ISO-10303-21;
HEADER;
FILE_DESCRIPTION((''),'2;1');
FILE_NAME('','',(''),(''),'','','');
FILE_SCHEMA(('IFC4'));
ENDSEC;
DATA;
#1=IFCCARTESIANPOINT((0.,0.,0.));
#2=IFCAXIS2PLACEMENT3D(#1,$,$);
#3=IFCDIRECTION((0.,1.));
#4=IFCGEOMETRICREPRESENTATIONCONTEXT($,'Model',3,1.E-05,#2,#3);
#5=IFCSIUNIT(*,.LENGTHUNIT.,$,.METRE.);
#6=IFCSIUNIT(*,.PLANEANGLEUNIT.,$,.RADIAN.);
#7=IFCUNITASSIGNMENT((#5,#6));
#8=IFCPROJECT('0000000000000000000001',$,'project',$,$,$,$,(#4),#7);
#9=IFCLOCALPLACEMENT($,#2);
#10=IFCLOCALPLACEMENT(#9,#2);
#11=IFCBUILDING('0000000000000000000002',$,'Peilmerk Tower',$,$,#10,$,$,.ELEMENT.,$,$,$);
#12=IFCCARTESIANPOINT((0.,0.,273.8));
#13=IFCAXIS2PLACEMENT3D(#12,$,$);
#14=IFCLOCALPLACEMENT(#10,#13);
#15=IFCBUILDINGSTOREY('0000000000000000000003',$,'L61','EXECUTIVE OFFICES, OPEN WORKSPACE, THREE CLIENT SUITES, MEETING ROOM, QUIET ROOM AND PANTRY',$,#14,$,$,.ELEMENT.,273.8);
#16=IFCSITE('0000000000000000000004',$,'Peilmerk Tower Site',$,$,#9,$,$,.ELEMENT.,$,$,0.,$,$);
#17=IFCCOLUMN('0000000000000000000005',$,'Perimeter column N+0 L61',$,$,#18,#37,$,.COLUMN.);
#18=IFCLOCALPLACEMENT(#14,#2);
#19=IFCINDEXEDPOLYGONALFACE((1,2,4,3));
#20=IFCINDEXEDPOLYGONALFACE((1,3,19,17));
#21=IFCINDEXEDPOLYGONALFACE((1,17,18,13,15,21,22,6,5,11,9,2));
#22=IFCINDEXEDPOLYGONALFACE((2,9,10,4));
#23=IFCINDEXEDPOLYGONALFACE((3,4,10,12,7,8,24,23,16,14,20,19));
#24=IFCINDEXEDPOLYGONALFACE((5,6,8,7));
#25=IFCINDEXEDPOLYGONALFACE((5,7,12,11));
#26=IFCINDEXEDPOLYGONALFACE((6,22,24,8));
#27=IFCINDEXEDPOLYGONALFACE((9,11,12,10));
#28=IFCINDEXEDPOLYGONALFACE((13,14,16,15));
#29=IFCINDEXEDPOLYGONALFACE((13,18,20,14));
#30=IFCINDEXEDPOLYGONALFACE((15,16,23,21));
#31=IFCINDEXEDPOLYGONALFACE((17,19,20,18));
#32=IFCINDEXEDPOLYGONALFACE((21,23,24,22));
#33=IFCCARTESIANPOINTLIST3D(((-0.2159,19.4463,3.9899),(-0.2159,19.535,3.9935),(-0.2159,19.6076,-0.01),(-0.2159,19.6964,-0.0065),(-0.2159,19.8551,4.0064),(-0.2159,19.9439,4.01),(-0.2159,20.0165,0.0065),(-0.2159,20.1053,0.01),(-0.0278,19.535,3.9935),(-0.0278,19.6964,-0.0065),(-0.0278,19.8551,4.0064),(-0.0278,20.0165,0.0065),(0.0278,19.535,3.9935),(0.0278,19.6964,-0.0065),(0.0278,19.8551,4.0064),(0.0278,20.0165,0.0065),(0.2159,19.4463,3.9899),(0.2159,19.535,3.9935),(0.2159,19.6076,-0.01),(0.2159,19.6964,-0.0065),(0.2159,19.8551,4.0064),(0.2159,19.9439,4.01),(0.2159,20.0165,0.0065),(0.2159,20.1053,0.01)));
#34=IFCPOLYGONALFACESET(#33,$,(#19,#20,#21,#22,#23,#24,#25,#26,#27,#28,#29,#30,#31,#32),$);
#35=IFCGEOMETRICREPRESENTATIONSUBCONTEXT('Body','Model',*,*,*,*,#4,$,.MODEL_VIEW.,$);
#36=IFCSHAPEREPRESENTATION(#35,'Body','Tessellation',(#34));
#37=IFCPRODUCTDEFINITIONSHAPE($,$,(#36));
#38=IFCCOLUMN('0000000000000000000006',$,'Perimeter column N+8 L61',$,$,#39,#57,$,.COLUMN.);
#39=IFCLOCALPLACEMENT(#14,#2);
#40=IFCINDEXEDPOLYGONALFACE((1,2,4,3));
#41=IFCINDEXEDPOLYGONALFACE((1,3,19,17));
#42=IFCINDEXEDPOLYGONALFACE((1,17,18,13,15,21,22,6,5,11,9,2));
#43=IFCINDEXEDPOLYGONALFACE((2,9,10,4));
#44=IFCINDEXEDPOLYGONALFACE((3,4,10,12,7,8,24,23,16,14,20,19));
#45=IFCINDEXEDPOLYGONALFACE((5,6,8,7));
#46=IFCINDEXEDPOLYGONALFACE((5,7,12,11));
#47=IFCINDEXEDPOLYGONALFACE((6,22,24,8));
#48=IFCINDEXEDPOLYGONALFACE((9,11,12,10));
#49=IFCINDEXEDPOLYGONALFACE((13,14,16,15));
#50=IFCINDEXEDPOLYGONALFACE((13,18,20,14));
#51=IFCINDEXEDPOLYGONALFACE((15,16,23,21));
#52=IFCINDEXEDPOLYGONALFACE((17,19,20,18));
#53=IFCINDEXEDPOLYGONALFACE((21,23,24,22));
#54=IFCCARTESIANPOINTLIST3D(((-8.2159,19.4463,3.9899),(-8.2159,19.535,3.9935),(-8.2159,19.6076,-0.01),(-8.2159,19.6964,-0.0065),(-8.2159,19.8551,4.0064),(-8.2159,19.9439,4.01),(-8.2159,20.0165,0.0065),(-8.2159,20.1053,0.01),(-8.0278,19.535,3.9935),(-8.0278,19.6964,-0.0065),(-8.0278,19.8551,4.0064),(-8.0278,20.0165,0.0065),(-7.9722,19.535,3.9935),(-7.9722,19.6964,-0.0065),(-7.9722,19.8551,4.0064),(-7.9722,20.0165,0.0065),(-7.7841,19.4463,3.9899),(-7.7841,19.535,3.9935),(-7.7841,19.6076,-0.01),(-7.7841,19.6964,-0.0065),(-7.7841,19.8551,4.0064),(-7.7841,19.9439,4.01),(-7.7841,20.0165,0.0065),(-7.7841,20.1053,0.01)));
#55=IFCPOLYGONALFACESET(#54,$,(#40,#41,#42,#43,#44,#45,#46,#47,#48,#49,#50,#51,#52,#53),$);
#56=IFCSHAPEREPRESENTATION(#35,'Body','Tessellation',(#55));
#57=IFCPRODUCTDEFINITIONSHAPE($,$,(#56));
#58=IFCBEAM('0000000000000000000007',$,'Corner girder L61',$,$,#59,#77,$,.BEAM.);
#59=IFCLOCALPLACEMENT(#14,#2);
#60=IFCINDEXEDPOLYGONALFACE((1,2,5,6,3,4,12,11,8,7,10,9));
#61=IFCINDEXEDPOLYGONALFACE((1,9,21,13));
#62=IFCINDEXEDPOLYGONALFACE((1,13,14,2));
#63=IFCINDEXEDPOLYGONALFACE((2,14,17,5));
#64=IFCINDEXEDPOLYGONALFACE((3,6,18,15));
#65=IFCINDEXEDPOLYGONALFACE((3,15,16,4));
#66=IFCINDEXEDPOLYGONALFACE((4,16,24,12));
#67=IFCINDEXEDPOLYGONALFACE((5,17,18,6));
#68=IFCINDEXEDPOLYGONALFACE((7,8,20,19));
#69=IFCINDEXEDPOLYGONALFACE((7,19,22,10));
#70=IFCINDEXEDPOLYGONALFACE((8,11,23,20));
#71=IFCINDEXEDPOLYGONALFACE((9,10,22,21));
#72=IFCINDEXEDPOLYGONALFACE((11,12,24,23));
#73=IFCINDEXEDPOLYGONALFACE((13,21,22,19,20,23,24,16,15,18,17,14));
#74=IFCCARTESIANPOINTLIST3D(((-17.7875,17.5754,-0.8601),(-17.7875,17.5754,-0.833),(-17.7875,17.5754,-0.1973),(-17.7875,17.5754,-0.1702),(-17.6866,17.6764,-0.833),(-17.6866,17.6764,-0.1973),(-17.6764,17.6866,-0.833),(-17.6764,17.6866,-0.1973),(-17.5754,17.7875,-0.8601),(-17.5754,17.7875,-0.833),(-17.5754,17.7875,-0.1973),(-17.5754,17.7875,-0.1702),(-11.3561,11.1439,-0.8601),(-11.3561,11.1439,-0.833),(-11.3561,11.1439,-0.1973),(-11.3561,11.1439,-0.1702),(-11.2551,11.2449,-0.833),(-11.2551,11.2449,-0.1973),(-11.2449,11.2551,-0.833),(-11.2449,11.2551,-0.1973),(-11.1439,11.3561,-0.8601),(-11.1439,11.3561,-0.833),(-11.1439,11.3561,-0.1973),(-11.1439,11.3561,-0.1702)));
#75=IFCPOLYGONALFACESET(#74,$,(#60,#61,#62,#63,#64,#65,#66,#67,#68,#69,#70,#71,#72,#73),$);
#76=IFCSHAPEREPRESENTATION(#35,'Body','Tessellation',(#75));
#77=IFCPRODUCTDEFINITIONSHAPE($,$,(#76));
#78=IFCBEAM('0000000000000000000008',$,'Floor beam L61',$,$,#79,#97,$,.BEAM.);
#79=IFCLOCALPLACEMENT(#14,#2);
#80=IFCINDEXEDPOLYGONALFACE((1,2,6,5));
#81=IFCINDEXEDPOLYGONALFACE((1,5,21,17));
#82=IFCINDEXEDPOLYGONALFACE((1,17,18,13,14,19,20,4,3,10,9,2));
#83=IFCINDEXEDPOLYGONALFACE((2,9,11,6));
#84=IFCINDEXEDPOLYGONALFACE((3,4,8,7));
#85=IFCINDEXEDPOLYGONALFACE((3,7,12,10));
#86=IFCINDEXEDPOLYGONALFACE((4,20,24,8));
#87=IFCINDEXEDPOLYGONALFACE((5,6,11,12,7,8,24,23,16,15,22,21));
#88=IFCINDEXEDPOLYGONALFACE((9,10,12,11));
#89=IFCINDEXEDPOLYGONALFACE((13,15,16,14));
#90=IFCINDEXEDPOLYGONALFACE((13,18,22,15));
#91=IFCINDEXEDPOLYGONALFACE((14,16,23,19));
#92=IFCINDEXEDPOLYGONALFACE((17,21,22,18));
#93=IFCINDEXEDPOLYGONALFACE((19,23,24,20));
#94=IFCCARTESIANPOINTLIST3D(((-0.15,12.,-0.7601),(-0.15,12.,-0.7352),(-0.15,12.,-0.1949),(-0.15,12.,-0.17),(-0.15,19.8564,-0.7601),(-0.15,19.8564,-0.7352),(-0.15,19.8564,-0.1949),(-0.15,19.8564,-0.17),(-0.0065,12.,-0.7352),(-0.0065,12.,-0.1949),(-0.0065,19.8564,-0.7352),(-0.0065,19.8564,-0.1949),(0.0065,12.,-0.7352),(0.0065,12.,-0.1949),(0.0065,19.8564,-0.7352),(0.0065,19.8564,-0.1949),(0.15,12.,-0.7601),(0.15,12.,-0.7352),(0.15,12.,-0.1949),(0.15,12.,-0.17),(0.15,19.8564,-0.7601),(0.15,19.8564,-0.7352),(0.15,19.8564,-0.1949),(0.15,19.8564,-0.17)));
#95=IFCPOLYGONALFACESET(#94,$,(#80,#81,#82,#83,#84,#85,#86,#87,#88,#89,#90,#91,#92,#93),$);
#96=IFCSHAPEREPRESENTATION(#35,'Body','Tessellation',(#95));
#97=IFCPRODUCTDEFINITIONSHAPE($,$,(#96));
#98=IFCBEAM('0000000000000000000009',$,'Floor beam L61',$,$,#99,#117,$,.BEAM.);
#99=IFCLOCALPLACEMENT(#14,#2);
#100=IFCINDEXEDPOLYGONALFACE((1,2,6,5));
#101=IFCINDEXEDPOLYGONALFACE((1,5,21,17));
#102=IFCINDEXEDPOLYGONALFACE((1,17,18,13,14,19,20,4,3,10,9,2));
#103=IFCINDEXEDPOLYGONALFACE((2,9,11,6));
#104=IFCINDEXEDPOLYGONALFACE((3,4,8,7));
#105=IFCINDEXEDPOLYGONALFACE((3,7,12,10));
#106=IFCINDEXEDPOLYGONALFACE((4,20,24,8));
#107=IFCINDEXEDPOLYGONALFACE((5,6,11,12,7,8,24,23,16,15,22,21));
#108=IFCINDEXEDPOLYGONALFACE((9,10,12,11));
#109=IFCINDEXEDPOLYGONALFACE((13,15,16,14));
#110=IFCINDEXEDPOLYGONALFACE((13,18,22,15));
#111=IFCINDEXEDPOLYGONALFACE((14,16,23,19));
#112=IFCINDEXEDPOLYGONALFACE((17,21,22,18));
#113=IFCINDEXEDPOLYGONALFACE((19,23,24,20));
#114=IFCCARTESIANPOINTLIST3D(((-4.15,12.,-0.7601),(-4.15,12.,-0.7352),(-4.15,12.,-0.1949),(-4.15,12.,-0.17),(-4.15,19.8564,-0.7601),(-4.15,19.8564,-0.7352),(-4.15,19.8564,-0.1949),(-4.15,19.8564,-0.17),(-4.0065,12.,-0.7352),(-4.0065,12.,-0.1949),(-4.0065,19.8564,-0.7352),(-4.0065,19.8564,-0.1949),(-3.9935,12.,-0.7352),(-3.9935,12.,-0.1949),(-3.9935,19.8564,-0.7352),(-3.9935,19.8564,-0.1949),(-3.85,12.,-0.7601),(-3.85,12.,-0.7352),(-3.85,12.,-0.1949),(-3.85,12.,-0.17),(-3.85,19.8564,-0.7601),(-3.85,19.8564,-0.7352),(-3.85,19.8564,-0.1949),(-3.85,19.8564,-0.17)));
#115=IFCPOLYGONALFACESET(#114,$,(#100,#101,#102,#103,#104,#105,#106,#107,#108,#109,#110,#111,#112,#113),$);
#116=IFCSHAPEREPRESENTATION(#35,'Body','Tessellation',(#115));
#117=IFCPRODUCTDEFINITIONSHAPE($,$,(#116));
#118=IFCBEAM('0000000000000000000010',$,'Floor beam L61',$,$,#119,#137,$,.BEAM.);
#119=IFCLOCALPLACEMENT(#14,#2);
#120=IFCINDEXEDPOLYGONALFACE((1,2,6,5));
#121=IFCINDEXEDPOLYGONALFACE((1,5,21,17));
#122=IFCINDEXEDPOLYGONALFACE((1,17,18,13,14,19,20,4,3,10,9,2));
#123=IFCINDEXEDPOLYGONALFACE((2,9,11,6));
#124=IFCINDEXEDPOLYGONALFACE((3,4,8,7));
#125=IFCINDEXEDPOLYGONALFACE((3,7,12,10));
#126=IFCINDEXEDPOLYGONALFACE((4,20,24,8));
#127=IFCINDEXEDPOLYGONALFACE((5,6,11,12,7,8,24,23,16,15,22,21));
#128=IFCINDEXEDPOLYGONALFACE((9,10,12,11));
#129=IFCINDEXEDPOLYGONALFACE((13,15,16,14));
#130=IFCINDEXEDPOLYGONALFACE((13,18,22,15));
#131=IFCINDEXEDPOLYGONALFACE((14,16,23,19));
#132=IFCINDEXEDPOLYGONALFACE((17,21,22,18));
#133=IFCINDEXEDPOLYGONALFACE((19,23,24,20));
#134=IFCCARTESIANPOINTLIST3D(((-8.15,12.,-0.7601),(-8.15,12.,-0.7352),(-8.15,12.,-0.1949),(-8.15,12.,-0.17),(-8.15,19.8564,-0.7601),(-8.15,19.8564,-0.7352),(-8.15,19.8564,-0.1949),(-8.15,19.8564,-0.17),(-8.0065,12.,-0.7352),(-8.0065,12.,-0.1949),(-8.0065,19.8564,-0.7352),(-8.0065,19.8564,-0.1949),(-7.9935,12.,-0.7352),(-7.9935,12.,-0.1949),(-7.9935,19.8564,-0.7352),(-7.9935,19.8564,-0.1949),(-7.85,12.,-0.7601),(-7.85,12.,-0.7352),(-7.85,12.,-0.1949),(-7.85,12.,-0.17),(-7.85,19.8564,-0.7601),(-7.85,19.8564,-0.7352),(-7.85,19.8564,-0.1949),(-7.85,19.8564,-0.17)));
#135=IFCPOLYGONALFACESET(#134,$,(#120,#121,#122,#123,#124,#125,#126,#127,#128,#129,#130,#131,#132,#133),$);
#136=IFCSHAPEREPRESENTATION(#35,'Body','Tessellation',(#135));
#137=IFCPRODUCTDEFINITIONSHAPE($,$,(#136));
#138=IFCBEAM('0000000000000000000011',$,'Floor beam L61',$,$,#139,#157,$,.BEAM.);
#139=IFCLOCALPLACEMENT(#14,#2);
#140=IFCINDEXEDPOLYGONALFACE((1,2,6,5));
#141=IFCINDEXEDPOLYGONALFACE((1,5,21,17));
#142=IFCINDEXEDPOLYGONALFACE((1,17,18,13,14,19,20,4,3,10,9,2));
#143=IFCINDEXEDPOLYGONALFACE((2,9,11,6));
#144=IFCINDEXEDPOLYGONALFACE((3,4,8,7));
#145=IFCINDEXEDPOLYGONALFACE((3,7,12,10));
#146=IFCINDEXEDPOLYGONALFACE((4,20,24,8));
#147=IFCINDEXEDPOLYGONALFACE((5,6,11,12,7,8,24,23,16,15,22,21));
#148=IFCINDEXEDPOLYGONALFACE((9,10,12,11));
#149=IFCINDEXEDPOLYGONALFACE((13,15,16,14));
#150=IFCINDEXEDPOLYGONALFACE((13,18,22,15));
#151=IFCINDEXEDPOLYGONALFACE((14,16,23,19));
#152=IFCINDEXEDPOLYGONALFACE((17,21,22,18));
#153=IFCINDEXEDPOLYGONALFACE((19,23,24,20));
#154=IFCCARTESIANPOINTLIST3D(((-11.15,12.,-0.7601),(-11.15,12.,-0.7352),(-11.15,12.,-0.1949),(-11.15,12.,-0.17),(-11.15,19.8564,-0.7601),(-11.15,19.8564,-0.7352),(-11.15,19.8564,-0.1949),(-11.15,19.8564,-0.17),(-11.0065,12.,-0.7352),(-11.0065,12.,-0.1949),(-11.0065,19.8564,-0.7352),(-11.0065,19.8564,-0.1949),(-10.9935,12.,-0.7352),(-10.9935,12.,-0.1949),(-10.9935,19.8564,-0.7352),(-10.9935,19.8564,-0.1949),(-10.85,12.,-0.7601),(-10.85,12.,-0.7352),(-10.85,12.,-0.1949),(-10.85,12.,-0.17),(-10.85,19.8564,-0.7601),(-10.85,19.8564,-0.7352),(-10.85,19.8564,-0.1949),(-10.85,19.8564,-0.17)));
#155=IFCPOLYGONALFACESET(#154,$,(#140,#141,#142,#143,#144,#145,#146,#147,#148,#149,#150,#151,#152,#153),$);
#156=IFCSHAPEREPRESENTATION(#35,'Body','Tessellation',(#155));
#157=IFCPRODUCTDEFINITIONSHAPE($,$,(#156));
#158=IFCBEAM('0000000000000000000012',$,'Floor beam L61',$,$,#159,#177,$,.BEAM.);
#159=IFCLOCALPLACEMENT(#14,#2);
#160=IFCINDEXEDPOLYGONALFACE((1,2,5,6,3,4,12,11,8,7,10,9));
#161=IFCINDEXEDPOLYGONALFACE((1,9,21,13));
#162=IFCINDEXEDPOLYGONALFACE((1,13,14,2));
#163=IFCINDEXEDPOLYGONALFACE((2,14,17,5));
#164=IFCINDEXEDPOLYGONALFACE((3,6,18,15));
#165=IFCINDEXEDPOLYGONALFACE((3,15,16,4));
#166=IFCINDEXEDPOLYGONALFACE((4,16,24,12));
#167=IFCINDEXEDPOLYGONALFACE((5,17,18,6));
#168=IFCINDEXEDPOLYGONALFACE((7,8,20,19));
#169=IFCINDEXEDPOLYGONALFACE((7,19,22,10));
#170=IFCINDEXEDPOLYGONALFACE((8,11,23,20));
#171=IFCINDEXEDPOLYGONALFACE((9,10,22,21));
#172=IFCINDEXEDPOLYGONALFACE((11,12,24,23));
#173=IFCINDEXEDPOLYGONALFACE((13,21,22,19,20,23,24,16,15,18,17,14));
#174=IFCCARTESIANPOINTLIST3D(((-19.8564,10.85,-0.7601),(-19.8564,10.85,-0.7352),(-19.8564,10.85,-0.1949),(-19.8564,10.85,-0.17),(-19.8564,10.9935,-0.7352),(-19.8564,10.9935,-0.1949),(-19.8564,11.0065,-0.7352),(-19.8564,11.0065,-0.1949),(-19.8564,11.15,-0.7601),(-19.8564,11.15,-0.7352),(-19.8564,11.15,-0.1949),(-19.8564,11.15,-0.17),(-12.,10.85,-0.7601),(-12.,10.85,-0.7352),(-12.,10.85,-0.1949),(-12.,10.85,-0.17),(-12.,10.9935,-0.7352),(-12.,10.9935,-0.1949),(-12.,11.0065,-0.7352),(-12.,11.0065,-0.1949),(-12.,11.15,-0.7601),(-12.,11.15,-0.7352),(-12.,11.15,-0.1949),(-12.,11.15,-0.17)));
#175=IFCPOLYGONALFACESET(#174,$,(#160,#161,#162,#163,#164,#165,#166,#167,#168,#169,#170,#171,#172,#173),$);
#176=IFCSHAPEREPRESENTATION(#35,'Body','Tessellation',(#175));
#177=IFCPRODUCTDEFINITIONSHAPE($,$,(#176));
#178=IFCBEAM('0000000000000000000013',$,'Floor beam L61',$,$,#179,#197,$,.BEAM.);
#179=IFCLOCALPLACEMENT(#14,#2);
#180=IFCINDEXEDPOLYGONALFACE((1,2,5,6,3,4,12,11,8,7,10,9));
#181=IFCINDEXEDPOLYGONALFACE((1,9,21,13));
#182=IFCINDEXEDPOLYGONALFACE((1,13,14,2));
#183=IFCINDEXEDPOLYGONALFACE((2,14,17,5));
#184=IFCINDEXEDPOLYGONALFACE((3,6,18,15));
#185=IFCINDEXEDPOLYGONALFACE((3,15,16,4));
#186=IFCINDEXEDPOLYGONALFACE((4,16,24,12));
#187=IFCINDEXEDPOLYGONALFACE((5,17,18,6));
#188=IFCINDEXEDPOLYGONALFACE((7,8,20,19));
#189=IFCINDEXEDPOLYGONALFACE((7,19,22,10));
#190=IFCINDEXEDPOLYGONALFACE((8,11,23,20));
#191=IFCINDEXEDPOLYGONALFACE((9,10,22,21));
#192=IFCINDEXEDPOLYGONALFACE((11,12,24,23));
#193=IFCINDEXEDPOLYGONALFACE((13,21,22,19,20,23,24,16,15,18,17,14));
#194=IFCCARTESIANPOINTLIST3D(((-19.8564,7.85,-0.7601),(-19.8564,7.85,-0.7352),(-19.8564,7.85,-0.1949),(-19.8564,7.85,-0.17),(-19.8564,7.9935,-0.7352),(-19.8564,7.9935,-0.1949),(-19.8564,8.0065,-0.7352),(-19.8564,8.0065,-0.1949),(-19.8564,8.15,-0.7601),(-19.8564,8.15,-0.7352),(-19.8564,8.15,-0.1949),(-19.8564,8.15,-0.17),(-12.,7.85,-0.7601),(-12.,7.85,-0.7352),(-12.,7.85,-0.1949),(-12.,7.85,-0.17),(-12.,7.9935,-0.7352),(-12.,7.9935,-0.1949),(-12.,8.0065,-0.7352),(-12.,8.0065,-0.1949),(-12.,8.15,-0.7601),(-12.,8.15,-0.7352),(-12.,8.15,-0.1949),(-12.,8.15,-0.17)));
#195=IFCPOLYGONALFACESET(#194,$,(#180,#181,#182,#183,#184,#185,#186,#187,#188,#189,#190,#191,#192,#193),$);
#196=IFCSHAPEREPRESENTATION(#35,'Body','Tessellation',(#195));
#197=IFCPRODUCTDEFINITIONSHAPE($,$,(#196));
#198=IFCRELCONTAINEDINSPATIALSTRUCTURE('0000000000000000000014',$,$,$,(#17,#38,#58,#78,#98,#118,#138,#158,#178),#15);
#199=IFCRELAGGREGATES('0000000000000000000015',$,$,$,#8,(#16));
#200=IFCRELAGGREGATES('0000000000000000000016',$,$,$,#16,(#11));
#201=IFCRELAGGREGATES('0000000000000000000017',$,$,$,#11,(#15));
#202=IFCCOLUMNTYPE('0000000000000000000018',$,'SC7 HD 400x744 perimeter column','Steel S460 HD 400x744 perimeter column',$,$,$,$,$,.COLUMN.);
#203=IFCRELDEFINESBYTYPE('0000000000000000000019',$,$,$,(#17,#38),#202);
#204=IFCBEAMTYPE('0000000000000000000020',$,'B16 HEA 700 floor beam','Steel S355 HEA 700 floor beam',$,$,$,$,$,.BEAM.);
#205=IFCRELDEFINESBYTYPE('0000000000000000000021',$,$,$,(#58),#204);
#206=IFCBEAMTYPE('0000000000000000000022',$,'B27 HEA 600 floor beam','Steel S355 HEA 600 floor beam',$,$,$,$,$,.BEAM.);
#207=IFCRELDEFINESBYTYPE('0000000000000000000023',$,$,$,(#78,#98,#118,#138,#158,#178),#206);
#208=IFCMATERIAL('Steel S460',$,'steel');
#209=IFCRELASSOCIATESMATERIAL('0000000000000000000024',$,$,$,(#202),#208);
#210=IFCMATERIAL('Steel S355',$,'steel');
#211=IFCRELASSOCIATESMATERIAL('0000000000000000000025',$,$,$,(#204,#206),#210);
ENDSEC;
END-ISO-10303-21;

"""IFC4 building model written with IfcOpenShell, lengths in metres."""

from ifc_helpers import new_model, si_unit, direction, frame, origin, origin_2d, place, context, subcontext, project, spatial, i_section, extrude, material, material_profile, profile_set, type_object, element, save


model = new_model("IFC4")

# Units and contexts
model_context = context("Model", 3, precision=1e-05, world=origin(), true_north=direction((0.0, 1.0)))
body_context = subcontext(model_context, "Body", "Model", "MODEL_VIEW")
ifc_project = project(units=[si_unit("LENGTHUNIT", "METRE"), si_unit("PLANEANGLEUNIT", "RADIAN")], contexts=[model_context])

# Site, building, storey
site_placement = place(None, origin())
site = spatial("IfcSite", under=ifc_project, at=site_placement, Name="Peilmerk Tower Site", CompositionType="ELEMENT", RefElevation=0.0)
building_placement = place(site_placement, origin())
building = spatial("IfcBuilding", under=site, at=building_placement, Name="Peilmerk Tower", CompositionType="ELEMENT")
storey_placement = place(building_placement, frame((0.0, 0.0, 273.8)))
storey = spatial("IfcBuildingStorey", under=building, at=storey_placement, Name="L61", Description="EXECUTIVE OFFICES, OPEN WORKSPACE, THREE CLIENT SUITES, MEETING ROOM, QUIET ROOM AND PANTRY", CompositionType="ELEMENT", Elevation=273.8)

# Columns
ifc_material_1 = material(Name="Steel S460", Category="steel")
ifc_material_profile_1 = material_profile(ifc_material_1, i_section(OverallWidth=0.4319, OverallDepth=0.498, WebThickness=0.0557, FlangeThickness=0.0889, at=origin_2d()), Name="HD 400x744")
ifc_profile_set_1 = profile_set([ifc_material_profile_1], Name="Steel S460")
column_type = type_object("IfcColumnType", Name="SC7 HD 400x744 perimeter column", Description="Steel S460 HD 400x744 perimeter column", PredefinedType="COLUMN", material=ifc_profile_set_1)
for number, where, z_axis, x_axis, name in (
    (1, (0.0, 19.8564, 0.0), (0.0, -0.040311, 0.999187), (1.0, 0.0, 0.0), "Perimeter column N+0 L61"),
    (2, (-8.0, 19.8564, 0.0), (0.0, -0.040311, 0.999187), (1.0, 0.0, 0.0), "Perimeter column N+8 L61"),
):
    element("IfcColumn", number, at=place(storey_placement, frame(where, z_axis=z_axis, x_axis=x_axis)), inside=storey, type_object=column_type, Name=name, PredefinedType="COLUMN", context=body_context, shape_type="SweptSolid", body=[
        extrude(i_section(OverallWidth=0.4319, OverallDepth=0.498, WebThickness=0.0557, FlangeThickness=0.0889, at=origin_2d()), origin(), (0.0, 0.0, 1.0), 4.0032),
    ])

# Beams
ifc_material_2 = material(Name="Steel S355", Category="steel")
ifc_material_profile_2 = material_profile(ifc_material_2, i_section(OverallWidth=0.3, OverallDepth=0.6899, WebThickness=0.0144, FlangeThickness=0.0271, at=origin_2d()), Name="HEA 700")
ifc_profile_set_2 = profile_set([ifc_material_profile_2], Name="Steel S355")
beam_type_1 = type_object("IfcBeamType", Name="B16 HEA 700 floor beam", Description="Steel S355 HEA 700 floor beam", PredefinedType="BEAM", material=ifc_profile_set_2)
beam_1_placement = place(storey_placement, frame((-11.25, 11.25, -0.5151), z_axis=(-0.707107, 0.707107, 0.0), x_axis=(-0.707107, -0.707107, 0.0)))
element("IfcBeam", 3, at=beam_1_placement, inside=storey, type_object=beam_type_1, Name="Corner girder L61", PredefinedType="BEAM", context=body_context, shape_type="SweptSolid", body=[
    extrude(i_section(OverallWidth=0.3, OverallDepth=0.6899, WebThickness=0.0144, FlangeThickness=0.0271, at=origin_2d()), origin(), (0.0, 0.0, 1.0), 9.0955),
])
ifc_material_profile_3 = material_profile(ifc_material_2, i_section(OverallWidth=0.3, OverallDepth=0.5901, WebThickness=0.0129, FlangeThickness=0.0249, at=origin_2d()), Name="HEA 600")
ifc_profile_set_3 = profile_set([ifc_material_profile_3], Name="Steel S355")
beam_type_2 = type_object("IfcBeamType", Name="B27 HEA 600 floor beam", Description="Steel S355 HEA 600 floor beam", PredefinedType="BEAM", material=ifc_profile_set_3)
for number, where, z_axis, x_axis, name in (
    (4, (0.0, 12.0, -0.4651), (0.0, 1.0, 0.0), (-1.0, 0.0, 0.0), "Floor beam L61"),
    (5, (-4.0, 12.0, -0.4651), (0.0, 1.0, 0.0), (-1.0, 0.0, 0.0), "Floor beam L61"),
    (6, (-8.0, 12.0, -0.4651), (0.0, 1.0, 0.0), (-1.0, 0.0, 0.0), "Floor beam L61"),
    (7, (-11.0, 12.0, -0.4651), (0.0, 1.0, 0.0), (-1.0, 0.0, 0.0), "Floor beam L61"),
    (8, (-12.0, 11.0, -0.4651), (-1.0, 0.0, 0.0), (0.0, -1.0, 0.0), "Floor beam L61"),
    (9, (-12.0, 8.0, -0.4651), (-1.0, 0.0, 0.0), (0.0, -1.0, 0.0), "Floor beam L61"),
):
    element("IfcBeam", number, at=place(storey_placement, frame(where, z_axis=z_axis, x_axis=x_axis)), inside=storey, type_object=beam_type_2, Name=name, PredefinedType="BEAM", context=body_context, shape_type="SweptSolid", body=[
        extrude(i_section(OverallWidth=0.3, OverallDepth=0.5901, WebThickness=0.0129, FlangeThickness=0.0249, at=origin_2d()), origin(), (0.0, 0.0, 1.0), 7.8564),
    ])

save(model, "model.ifc")
